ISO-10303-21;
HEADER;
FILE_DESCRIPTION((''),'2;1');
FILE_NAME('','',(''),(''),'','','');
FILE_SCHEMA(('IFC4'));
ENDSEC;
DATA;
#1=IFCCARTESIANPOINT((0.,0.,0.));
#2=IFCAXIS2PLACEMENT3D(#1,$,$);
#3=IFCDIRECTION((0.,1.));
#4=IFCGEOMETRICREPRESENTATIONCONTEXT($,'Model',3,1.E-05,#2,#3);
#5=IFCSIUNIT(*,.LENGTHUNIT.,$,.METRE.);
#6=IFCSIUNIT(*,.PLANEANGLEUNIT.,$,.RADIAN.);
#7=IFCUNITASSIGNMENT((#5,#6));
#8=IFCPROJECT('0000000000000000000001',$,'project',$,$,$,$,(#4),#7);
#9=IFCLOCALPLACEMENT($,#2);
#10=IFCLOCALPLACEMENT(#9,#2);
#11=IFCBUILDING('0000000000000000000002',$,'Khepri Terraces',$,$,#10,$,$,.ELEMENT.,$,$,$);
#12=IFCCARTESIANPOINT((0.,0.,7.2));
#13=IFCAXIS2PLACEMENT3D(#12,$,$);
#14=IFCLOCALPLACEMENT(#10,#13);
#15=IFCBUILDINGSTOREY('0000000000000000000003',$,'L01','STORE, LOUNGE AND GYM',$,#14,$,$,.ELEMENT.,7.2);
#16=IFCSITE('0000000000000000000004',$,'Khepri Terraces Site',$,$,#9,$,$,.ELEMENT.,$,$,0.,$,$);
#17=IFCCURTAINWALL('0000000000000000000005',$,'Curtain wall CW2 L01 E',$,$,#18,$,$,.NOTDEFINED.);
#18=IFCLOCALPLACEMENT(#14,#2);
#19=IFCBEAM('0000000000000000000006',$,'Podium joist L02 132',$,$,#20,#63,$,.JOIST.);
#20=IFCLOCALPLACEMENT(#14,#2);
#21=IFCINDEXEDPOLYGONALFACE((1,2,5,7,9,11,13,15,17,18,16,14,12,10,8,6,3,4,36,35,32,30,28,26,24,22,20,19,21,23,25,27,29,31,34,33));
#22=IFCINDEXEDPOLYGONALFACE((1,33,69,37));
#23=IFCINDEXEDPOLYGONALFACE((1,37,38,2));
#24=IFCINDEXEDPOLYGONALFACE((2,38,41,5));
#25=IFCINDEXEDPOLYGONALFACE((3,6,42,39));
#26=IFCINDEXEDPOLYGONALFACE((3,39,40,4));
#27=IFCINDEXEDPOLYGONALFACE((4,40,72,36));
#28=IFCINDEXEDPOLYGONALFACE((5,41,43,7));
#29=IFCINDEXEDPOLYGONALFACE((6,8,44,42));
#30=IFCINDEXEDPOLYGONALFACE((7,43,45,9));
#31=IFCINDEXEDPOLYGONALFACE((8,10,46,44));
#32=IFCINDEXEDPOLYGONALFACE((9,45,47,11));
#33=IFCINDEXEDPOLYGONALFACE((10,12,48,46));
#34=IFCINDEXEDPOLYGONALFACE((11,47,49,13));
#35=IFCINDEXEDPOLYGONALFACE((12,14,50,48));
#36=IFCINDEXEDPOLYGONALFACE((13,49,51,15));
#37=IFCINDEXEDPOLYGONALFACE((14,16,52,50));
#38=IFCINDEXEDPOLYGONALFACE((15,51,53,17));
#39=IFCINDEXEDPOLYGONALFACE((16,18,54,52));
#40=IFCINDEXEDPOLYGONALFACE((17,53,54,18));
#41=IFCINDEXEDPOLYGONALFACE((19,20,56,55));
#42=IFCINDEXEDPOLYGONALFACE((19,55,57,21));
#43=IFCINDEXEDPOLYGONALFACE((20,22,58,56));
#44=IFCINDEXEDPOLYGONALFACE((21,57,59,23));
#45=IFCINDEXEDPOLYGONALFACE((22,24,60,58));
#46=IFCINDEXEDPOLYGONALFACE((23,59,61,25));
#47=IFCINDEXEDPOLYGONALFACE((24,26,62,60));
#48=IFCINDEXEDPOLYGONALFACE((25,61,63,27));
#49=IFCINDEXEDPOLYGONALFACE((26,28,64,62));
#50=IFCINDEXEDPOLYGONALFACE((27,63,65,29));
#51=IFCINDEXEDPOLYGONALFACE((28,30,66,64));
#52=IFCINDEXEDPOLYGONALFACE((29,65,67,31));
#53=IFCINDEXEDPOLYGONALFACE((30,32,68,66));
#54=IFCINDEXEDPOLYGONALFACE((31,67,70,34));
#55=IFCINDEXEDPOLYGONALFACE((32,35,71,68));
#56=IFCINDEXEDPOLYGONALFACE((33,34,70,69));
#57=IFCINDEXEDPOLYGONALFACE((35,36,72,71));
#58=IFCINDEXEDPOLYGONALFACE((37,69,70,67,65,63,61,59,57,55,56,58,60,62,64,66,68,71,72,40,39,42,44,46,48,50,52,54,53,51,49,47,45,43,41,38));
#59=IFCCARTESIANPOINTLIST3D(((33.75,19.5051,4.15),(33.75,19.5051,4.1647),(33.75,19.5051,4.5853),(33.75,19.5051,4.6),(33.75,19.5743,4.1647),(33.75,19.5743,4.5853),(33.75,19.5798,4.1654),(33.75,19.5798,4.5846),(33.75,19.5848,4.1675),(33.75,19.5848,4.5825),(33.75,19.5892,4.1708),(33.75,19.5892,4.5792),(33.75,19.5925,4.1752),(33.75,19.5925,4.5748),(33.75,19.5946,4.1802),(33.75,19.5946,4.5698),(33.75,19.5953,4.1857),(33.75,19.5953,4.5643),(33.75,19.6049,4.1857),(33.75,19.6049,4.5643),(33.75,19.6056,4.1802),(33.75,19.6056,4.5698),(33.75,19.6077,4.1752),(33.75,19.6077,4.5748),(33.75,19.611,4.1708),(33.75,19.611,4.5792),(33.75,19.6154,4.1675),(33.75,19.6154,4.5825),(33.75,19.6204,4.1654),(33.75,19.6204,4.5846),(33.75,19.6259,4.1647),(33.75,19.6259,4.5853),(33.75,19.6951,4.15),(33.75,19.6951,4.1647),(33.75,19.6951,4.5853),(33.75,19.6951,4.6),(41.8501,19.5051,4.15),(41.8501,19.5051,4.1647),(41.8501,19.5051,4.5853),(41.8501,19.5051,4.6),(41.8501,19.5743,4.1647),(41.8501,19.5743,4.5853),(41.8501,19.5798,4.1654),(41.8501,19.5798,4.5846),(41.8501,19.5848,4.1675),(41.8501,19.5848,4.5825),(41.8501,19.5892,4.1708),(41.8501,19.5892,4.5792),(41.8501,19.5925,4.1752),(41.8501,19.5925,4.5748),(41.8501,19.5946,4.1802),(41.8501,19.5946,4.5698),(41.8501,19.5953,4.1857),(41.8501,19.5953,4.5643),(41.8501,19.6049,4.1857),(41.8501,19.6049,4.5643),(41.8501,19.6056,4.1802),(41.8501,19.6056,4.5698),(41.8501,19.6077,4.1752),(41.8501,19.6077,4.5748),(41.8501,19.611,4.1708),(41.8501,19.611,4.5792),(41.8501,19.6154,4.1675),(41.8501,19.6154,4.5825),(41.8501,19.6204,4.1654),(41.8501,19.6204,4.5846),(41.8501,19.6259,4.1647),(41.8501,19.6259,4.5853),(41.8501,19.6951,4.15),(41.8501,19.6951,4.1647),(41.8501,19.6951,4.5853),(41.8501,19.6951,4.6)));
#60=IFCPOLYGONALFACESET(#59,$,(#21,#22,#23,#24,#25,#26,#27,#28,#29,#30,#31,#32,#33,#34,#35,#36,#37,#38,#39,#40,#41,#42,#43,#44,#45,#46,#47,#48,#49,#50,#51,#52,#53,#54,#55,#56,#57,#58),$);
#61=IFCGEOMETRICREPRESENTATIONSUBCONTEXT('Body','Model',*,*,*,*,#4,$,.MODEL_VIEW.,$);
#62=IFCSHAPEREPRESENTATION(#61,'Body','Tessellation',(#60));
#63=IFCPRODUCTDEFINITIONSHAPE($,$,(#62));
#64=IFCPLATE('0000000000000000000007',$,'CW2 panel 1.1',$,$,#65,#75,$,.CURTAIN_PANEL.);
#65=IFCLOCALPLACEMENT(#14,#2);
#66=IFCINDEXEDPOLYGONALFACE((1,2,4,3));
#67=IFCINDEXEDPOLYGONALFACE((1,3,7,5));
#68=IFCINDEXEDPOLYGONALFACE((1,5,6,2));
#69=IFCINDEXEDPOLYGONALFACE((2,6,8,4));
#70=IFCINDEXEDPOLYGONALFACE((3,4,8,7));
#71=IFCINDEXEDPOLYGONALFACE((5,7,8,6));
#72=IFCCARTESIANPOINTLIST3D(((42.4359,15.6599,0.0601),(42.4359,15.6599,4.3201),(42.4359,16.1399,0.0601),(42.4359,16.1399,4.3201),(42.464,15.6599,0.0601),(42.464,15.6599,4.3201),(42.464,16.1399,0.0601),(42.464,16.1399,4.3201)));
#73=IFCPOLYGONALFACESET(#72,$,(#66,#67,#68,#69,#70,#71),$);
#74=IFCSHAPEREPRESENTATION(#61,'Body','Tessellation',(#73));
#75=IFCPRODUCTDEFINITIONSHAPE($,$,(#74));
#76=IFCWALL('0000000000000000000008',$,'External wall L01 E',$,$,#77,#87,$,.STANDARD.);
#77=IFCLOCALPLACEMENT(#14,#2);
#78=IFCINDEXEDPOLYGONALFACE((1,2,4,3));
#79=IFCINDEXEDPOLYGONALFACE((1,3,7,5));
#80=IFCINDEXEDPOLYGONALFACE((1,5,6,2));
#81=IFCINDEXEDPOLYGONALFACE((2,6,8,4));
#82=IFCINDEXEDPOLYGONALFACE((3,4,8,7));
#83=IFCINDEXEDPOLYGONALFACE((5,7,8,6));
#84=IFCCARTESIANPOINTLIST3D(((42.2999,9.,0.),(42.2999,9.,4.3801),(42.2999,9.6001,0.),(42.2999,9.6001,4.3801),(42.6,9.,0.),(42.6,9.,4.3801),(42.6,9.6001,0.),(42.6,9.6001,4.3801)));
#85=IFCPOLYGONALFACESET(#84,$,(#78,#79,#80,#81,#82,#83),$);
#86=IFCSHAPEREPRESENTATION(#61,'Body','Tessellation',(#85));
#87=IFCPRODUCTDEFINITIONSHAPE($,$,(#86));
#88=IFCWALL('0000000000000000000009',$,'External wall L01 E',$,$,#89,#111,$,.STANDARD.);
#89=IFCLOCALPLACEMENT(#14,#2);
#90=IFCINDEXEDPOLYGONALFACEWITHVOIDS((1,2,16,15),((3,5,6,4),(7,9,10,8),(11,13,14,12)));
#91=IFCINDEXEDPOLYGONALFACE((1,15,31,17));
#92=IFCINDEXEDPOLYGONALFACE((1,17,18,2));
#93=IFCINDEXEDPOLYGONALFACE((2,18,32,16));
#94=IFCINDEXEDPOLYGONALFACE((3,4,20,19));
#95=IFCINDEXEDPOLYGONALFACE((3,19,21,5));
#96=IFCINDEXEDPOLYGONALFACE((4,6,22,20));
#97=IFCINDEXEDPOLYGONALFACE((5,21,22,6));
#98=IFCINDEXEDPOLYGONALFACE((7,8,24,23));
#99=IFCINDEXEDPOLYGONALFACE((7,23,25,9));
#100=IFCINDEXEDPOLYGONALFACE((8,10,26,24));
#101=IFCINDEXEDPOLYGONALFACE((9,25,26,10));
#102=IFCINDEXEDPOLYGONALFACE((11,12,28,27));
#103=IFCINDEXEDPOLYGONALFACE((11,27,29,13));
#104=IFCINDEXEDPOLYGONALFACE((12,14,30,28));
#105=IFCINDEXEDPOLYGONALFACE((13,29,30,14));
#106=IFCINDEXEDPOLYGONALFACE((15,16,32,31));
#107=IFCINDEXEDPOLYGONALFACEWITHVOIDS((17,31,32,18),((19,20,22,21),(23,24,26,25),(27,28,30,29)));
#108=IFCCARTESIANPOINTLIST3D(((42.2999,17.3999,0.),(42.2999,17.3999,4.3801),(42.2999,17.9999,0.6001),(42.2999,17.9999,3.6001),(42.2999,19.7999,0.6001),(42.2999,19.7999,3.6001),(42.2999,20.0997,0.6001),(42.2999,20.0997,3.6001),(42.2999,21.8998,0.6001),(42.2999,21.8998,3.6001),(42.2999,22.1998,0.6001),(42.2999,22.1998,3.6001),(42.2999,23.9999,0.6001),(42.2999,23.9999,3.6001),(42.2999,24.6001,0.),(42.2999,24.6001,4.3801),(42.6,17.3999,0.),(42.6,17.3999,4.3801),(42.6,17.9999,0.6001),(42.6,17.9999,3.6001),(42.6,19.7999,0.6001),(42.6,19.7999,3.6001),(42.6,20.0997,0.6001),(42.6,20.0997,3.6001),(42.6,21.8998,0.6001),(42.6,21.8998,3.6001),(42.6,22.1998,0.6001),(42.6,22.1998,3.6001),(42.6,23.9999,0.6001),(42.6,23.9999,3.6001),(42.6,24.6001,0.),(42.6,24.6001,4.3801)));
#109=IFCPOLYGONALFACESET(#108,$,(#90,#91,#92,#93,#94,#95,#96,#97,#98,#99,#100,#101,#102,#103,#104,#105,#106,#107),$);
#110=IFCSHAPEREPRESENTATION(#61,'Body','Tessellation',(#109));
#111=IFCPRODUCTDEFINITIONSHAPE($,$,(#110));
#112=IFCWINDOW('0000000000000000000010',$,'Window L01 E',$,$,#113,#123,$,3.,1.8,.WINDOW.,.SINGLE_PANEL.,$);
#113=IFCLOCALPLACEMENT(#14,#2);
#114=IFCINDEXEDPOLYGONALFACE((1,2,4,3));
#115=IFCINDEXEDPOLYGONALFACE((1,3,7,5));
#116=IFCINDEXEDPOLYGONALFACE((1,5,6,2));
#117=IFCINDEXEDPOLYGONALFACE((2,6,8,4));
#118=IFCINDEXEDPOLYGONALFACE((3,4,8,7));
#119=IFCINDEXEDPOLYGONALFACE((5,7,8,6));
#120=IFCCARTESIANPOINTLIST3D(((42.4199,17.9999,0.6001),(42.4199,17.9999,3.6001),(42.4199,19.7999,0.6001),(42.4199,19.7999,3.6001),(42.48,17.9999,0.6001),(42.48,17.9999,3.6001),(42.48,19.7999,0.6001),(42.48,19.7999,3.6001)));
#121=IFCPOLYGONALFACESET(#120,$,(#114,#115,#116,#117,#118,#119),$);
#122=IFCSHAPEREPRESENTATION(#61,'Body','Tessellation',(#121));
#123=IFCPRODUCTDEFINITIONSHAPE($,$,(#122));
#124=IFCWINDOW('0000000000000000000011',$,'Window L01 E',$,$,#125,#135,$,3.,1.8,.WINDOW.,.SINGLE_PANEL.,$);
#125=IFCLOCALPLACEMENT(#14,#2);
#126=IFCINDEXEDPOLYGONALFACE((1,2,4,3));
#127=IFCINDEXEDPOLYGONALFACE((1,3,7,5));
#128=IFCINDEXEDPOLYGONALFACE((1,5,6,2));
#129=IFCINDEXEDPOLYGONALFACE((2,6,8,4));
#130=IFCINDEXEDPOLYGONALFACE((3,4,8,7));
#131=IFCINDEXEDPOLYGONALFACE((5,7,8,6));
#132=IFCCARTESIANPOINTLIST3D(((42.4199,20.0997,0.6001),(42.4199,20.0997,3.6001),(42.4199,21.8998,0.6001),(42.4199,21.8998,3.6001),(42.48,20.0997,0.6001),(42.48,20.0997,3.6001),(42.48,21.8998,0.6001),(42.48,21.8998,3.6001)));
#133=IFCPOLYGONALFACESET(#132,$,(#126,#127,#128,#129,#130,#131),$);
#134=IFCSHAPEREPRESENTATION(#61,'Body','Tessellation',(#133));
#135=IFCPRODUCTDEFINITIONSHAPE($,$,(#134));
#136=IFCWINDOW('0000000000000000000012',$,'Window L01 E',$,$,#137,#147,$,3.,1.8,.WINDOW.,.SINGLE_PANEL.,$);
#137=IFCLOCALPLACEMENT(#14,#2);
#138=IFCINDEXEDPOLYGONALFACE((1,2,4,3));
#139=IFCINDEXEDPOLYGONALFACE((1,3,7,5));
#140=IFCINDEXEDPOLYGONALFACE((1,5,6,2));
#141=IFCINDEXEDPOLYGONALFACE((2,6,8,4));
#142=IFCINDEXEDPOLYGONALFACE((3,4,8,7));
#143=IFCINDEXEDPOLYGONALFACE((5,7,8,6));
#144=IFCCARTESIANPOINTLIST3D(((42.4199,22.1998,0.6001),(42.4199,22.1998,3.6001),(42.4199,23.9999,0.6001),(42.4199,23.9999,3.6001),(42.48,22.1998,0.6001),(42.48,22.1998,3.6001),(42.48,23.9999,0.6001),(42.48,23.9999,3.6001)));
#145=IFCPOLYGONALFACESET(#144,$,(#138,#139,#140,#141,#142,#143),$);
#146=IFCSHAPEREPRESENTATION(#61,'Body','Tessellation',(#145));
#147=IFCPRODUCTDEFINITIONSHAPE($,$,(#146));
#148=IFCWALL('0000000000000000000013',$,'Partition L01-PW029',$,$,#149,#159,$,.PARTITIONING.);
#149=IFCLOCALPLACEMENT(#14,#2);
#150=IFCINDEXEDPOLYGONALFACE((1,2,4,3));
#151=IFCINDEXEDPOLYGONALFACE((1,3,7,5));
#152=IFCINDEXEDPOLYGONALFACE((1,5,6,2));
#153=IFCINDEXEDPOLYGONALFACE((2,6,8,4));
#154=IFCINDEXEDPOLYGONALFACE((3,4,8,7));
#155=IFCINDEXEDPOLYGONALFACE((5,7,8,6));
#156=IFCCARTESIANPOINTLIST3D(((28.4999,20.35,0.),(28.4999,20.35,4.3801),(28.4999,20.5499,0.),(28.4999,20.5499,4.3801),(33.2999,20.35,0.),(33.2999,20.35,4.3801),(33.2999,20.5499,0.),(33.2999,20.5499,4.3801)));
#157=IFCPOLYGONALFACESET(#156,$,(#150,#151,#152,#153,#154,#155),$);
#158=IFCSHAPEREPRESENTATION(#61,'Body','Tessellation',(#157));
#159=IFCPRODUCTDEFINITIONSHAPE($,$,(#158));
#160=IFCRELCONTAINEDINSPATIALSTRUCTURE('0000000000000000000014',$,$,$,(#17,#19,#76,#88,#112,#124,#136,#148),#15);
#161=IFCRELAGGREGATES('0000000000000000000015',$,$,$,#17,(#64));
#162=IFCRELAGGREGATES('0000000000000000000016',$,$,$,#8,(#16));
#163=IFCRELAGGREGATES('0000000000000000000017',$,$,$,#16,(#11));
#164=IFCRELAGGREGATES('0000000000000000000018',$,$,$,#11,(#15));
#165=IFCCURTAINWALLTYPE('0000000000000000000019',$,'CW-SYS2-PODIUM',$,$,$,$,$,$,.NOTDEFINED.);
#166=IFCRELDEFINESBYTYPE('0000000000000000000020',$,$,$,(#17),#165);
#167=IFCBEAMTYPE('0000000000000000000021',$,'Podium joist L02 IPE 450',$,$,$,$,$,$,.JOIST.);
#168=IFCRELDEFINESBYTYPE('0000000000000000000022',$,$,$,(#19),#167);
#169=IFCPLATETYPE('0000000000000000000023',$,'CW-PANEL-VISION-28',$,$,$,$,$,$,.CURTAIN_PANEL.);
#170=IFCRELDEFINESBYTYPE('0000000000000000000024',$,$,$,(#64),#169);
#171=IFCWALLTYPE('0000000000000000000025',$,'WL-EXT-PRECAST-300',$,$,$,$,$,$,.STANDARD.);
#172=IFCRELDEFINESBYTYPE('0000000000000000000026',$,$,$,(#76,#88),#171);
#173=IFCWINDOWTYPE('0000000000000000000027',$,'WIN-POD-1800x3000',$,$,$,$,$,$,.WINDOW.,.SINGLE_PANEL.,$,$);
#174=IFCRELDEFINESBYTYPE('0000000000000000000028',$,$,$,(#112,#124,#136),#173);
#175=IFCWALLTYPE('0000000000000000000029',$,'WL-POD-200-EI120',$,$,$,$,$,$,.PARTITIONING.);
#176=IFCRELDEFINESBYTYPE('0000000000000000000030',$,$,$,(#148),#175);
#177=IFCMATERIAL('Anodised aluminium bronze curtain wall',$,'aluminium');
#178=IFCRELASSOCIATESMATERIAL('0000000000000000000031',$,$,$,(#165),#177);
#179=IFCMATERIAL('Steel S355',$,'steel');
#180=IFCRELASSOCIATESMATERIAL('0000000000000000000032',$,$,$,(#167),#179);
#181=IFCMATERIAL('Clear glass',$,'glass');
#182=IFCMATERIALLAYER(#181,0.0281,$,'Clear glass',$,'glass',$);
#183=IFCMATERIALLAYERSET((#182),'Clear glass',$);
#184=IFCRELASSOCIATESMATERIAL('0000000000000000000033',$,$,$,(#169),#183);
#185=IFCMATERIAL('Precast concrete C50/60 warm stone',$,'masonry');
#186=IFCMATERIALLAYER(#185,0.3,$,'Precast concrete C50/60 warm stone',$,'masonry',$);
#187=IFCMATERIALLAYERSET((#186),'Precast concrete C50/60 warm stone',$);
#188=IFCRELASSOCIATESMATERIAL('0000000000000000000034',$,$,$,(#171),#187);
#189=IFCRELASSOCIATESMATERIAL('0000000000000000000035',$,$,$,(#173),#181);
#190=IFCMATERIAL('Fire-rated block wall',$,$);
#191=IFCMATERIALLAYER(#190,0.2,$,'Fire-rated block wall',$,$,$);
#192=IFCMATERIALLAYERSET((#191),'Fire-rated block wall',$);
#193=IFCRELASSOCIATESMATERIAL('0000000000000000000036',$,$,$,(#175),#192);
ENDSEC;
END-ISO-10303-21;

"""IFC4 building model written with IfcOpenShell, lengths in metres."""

from ifc_helpers import new_model, si_unit, direction, frame, frame_2d, origin, origin_2d, place, context, subcontext, project, spatial, rectangle, i_section, extrude, material, layer, layer_set, material_profile, profile_set, type_object, element, fill, aggregate, save


model = new_model("IFC4")

# Units and contexts
model_context = context("Model", 3, precision=1e-05, world=origin(), true_north=direction((0.0, 1.0)))
body_context = subcontext(model_context, "Body", "Model", "MODEL_VIEW")
ifc_project = project(units=[si_unit("LENGTHUNIT", "METRE"), si_unit("PLANEANGLEUNIT", "RADIAN")], contexts=[model_context])

# Site, building, storey
site_placement = place(None, origin())
site = spatial("IfcSite", under=ifc_project, at=site_placement, Name="Khepri Terraces Site", CompositionType="ELEMENT", RefElevation=0.0)
building_placement = place(site_placement, origin())
building = spatial("IfcBuilding", under=site, at=building_placement, Name="Khepri Terraces", CompositionType="ELEMENT")
storey_placement = place(building_placement, frame((0.0, 0.0, 7.2)))
storey = spatial("IfcBuildingStorey", under=building, at=storey_placement, Name="L01", Description="STORE, LOUNGE AND GYM", CompositionType="ELEMENT", Elevation=7.2)

# Curtain wall
ifc_material_1 = material(Name="Anodised aluminium bronze curtain wall", Category="aluminium")
curtain_wall_type = type_object("IfcCurtainWallType", Name="CW-SYS2-PODIUM", PredefinedType="NOTDEFINED", material=ifc_material_1)
curtain_wall_placement = place(storey_placement, origin())
curtain_wall = element("IfcCurtainWall", 1, at=curtain_wall_placement, inside=storey, type_object=curtain_wall_type, Name="Curtain wall CW2 L01 E", PredefinedType="NOTDEFINED")

# Beam
ifc_material_2 = material(Name="Steel S355", Category="steel")
ifc_material_profile_1 = material_profile(ifc_material_2, i_section(OverallWidth=0.1899, OverallDepth=0.45, WebThickness=0.0095, FlangeThickness=0.0146, FilletRadius=0.021, at=origin_2d()), Name="Steel S355", Category="steel")
ifc_profile_set_1 = profile_set([ifc_material_profile_1], Name="Steel S355")
beam_type_1 = type_object("IfcBeamType", Name="Podium joist L02 IPE 450", PredefinedType="JOIST", material=ifc_profile_set_1)
beam_1_placement = place(storey_placement, frame((33.75, 19.6001, 4.375), z_axis=(1.0, 0.0, 0.0), x_axis=(0.0, 1.0, 0.0)))
element("IfcBeam", 2, at=beam_1_placement, inside=storey, type_object=beam_type_1, Name="Podium joist L02 132", PredefinedType="JOIST", context=body_context, shape_type="SweptSolid", body=[
    extrude(i_section(OverallWidth=0.1899, OverallDepth=0.45, WebThickness=0.0095, FlangeThickness=0.0146, FilletRadius=0.021, at=origin_2d()), origin(), (0.0, 0.0, 1.0), 8.1001),
])

# Plate
ifc_material_3 = material(Name="Clear glass", Category="glass")
ifc_layer_1 = layer(ifc_material_3, 0.0281, Name="Clear glass", Category="glass")
ifc_layer_set_1 = layer_set([ifc_layer_1], Name="Clear glass")
plate_type = type_object("IfcPlateType", Name="CW-PANEL-VISION-28", PredefinedType="CURTAIN_PANEL", material=ifc_layer_set_1)
plate_placement = place(storey_placement, frame((42.45, 15.8999, 0.0601), z_axis=(0.0, 0.0, 1.0), x_axis=(0.0, 1.0, 0.0)))
plate = element("IfcPlate", 3, at=plate_placement, type_object=plate_type, Name="CW2 panel 1.1", PredefinedType="CURTAIN_PANEL", context=body_context, shape_type="SweptSolid", body=[
    extrude(rectangle(XDim=0.48, YDim=0.0281, at=origin_2d()), origin(), (0.0, 0.0, 1.0), 4.26),
])
aggregate(curtain_wall, [plate])

# Wall
ifc_material_4 = material(Name="Precast concrete C50/60 warm stone", Category="masonry")
ifc_layer_2 = layer(ifc_material_4, 0.3, Name="Precast concrete C50/60 warm stone", Category="masonry")
ifc_layer_set_2 = layer_set([ifc_layer_2], Name="Precast concrete C50/60 warm stone")
wall_type_1 = type_object("IfcWallType", Name="WL-EXT-PRECAST-300", PredefinedType="STANDARD", material=ifc_layer_set_2)
wall_1_placement = place(storey_placement, frame((42.45, 9.0, 0.0), z_axis=(0.0, 0.0, 1.0), x_axis=(0.0, 1.0, 0.0)))
element("IfcWall", 4, at=wall_1_placement, inside=storey, type_object=wall_type_1, Name="External wall L01 E", PredefinedType="STANDARD", context=body_context, shape_type="SweptSolid", body=[
    extrude(rectangle(XDim=0.6001, YDim=0.3, at=frame_2d((0.3, 0.0))), origin(), (0.0, 0.0, 1.0), 4.3801),
])

# Wall, openings, windows
wall_2_placement = place(storey_placement, frame((42.45, 17.3999, 0.0), z_axis=(0.0, 0.0, 1.0), x_axis=(0.0, 1.0, 0.0)))
wall_2 = element("IfcWall", 5, at=wall_2_placement, inside=storey, type_object=wall_type_1, Name="External wall L01 E", PredefinedType="STANDARD", context=body_context, shape_type="SweptSolid", body=[
    extrude(rectangle(XDim=7.2002, YDim=0.3, at=frame_2d((3.6001, 0.0))), origin(), (0.0, 0.0, 1.0), 4.3801),
])
opening_1_placement = place(wall_2_placement, frame((0.6001, 0.0, 0.6001)))
opening_1 = element("IfcOpeningElement", 6, at=opening_1_placement, cuts=wall_2, PredefinedType="OPENING", context=body_context, shape_type="SweptSolid", body=[
    extrude(rectangle(XDim=1.8, YDim=3.0, at=frame_2d((0.8999, 1.5))), frame((0.0, 0.1602, 0.0), z_axis=(0.0, -1.0, 0.0), x_axis=(1.0, 0.0, 0.0)), (0.0, 0.0, 1.0), 0.3201),
])
opening_2_placement = place(wall_2_placement, frame((2.7, 0.0, 0.6001)))
opening_2 = element("IfcOpeningElement", 7, at=opening_2_placement, cuts=wall_2, PredefinedType="OPENING", context=body_context, shape_type="SweptSolid", body=[
    extrude(rectangle(XDim=1.8, YDim=3.0, at=frame_2d((0.8999, 1.5))), frame((0.0, 0.1602, 0.0), z_axis=(0.0, -1.0, 0.0), x_axis=(1.0, 0.0, 0.0)), (0.0, 0.0, 1.0), 0.3201),
])
opening_3_placement = place(wall_2_placement, frame((4.8, 0.0, 0.6001)))
opening_3 = element("IfcOpeningElement", 8, at=opening_3_placement, cuts=wall_2, PredefinedType="OPENING", context=body_context, shape_type="SweptSolid", body=[
    extrude(rectangle(XDim=1.8, YDim=3.0, at=frame_2d((0.8999, 1.5))), frame((0.0, 0.1602, 0.0), z_axis=(0.0, -1.0, 0.0), x_axis=(1.0, 0.0, 0.0)), (0.0, 0.0, 1.0), 0.3201),
])
window_type = type_object("IfcWindowType", Name="WIN-POD-1800x3000", PartitioningType="SINGLE_PANEL", PredefinedType="WINDOW", material=ifc_material_3)
window_1_placement = place(opening_1_placement, origin())
window_1 = element("IfcWindow", 9, at=window_1_placement, inside=storey, type_object=window_type, Name="Window L01 E", OverallHeight=3.0, OverallWidth=1.8, PartitioningType="SINGLE_PANEL", PredefinedType="WINDOW", context=body_context, shape_type="SweptSolid", body=[
    extrude(rectangle(XDim=1.8, YDim=3.0, at=frame_2d((0.8999, 1.5))), frame((0.0, 0.03, 0.0), z_axis=(0.0, -1.0, 0.0), x_axis=(1.0, 0.0, 0.0)), (0.0, 0.0, 1.0), 0.0601),
])
fill(opening_1, window_1)
window_2_placement = place(opening_2_placement, origin())
window_2 = element("IfcWindow", 10, at=window_2_placement, inside=storey, type_object=window_type, Name="Window L01 E", OverallHeight=3.0, OverallWidth=1.8, PartitioningType="SINGLE_PANEL", PredefinedType="WINDOW", context=body_context, shape_type="SweptSolid", body=[
    extrude(rectangle(XDim=1.8, YDim=3.0, at=frame_2d((0.8999, 1.5))), frame((0.0, 0.03, 0.0), z_axis=(0.0, -1.0, 0.0), x_axis=(1.0, 0.0, 0.0)), (0.0, 0.0, 1.0), 0.0601),
])
fill(opening_2, window_2)
window_3_placement = place(opening_3_placement, origin())
window_3 = element("IfcWindow", 11, at=window_3_placement, inside=storey, type_object=window_type, Name="Window L01 E", OverallHeight=3.0, OverallWidth=1.8, PartitioningType="SINGLE_PANEL", PredefinedType="WINDOW", context=body_context, shape_type="SweptSolid", body=[
    extrude(rectangle(XDim=1.8, YDim=3.0, at=frame_2d((0.8999, 1.5))), frame((0.0, 0.03, 0.0), z_axis=(0.0, -1.0, 0.0), x_axis=(1.0, 0.0, 0.0)), (0.0, 0.0, 1.0), 0.0601),
])
fill(opening_3, window_3)

# Wall
ifc_material_5 = material(Name="Fire-rated block wall")
ifc_layer_3 = layer(ifc_material_5, 0.2, Name="Fire-rated block wall")
ifc_layer_set_3 = layer_set([ifc_layer_3], Name="Fire-rated block wall")
wall_type_2 = type_object("IfcWallType", Name="WL-POD-200-EI120", PredefinedType="PARTITIONING", material=ifc_layer_set_3)
wall_3_placement = place(storey_placement, frame((28.5, 20.45, 0.0), z_axis=(0.0, 0.0, 1.0), x_axis=(1.0, 0.0, 0.0)))
element("IfcWall", 12, at=wall_3_placement, inside=storey, type_object=wall_type_2, Name="Partition L01-PW029", PredefinedType="PARTITIONING", context=body_context, shape_type="SweptSolid", body=[
    extrude(rectangle(XDim=4.8, YDim=0.2, at=frame_2d((2.3999, 0.0))), origin(), (0.0, 0.0, 1.0), 4.3801),
])

save(model, "model.ifc")
